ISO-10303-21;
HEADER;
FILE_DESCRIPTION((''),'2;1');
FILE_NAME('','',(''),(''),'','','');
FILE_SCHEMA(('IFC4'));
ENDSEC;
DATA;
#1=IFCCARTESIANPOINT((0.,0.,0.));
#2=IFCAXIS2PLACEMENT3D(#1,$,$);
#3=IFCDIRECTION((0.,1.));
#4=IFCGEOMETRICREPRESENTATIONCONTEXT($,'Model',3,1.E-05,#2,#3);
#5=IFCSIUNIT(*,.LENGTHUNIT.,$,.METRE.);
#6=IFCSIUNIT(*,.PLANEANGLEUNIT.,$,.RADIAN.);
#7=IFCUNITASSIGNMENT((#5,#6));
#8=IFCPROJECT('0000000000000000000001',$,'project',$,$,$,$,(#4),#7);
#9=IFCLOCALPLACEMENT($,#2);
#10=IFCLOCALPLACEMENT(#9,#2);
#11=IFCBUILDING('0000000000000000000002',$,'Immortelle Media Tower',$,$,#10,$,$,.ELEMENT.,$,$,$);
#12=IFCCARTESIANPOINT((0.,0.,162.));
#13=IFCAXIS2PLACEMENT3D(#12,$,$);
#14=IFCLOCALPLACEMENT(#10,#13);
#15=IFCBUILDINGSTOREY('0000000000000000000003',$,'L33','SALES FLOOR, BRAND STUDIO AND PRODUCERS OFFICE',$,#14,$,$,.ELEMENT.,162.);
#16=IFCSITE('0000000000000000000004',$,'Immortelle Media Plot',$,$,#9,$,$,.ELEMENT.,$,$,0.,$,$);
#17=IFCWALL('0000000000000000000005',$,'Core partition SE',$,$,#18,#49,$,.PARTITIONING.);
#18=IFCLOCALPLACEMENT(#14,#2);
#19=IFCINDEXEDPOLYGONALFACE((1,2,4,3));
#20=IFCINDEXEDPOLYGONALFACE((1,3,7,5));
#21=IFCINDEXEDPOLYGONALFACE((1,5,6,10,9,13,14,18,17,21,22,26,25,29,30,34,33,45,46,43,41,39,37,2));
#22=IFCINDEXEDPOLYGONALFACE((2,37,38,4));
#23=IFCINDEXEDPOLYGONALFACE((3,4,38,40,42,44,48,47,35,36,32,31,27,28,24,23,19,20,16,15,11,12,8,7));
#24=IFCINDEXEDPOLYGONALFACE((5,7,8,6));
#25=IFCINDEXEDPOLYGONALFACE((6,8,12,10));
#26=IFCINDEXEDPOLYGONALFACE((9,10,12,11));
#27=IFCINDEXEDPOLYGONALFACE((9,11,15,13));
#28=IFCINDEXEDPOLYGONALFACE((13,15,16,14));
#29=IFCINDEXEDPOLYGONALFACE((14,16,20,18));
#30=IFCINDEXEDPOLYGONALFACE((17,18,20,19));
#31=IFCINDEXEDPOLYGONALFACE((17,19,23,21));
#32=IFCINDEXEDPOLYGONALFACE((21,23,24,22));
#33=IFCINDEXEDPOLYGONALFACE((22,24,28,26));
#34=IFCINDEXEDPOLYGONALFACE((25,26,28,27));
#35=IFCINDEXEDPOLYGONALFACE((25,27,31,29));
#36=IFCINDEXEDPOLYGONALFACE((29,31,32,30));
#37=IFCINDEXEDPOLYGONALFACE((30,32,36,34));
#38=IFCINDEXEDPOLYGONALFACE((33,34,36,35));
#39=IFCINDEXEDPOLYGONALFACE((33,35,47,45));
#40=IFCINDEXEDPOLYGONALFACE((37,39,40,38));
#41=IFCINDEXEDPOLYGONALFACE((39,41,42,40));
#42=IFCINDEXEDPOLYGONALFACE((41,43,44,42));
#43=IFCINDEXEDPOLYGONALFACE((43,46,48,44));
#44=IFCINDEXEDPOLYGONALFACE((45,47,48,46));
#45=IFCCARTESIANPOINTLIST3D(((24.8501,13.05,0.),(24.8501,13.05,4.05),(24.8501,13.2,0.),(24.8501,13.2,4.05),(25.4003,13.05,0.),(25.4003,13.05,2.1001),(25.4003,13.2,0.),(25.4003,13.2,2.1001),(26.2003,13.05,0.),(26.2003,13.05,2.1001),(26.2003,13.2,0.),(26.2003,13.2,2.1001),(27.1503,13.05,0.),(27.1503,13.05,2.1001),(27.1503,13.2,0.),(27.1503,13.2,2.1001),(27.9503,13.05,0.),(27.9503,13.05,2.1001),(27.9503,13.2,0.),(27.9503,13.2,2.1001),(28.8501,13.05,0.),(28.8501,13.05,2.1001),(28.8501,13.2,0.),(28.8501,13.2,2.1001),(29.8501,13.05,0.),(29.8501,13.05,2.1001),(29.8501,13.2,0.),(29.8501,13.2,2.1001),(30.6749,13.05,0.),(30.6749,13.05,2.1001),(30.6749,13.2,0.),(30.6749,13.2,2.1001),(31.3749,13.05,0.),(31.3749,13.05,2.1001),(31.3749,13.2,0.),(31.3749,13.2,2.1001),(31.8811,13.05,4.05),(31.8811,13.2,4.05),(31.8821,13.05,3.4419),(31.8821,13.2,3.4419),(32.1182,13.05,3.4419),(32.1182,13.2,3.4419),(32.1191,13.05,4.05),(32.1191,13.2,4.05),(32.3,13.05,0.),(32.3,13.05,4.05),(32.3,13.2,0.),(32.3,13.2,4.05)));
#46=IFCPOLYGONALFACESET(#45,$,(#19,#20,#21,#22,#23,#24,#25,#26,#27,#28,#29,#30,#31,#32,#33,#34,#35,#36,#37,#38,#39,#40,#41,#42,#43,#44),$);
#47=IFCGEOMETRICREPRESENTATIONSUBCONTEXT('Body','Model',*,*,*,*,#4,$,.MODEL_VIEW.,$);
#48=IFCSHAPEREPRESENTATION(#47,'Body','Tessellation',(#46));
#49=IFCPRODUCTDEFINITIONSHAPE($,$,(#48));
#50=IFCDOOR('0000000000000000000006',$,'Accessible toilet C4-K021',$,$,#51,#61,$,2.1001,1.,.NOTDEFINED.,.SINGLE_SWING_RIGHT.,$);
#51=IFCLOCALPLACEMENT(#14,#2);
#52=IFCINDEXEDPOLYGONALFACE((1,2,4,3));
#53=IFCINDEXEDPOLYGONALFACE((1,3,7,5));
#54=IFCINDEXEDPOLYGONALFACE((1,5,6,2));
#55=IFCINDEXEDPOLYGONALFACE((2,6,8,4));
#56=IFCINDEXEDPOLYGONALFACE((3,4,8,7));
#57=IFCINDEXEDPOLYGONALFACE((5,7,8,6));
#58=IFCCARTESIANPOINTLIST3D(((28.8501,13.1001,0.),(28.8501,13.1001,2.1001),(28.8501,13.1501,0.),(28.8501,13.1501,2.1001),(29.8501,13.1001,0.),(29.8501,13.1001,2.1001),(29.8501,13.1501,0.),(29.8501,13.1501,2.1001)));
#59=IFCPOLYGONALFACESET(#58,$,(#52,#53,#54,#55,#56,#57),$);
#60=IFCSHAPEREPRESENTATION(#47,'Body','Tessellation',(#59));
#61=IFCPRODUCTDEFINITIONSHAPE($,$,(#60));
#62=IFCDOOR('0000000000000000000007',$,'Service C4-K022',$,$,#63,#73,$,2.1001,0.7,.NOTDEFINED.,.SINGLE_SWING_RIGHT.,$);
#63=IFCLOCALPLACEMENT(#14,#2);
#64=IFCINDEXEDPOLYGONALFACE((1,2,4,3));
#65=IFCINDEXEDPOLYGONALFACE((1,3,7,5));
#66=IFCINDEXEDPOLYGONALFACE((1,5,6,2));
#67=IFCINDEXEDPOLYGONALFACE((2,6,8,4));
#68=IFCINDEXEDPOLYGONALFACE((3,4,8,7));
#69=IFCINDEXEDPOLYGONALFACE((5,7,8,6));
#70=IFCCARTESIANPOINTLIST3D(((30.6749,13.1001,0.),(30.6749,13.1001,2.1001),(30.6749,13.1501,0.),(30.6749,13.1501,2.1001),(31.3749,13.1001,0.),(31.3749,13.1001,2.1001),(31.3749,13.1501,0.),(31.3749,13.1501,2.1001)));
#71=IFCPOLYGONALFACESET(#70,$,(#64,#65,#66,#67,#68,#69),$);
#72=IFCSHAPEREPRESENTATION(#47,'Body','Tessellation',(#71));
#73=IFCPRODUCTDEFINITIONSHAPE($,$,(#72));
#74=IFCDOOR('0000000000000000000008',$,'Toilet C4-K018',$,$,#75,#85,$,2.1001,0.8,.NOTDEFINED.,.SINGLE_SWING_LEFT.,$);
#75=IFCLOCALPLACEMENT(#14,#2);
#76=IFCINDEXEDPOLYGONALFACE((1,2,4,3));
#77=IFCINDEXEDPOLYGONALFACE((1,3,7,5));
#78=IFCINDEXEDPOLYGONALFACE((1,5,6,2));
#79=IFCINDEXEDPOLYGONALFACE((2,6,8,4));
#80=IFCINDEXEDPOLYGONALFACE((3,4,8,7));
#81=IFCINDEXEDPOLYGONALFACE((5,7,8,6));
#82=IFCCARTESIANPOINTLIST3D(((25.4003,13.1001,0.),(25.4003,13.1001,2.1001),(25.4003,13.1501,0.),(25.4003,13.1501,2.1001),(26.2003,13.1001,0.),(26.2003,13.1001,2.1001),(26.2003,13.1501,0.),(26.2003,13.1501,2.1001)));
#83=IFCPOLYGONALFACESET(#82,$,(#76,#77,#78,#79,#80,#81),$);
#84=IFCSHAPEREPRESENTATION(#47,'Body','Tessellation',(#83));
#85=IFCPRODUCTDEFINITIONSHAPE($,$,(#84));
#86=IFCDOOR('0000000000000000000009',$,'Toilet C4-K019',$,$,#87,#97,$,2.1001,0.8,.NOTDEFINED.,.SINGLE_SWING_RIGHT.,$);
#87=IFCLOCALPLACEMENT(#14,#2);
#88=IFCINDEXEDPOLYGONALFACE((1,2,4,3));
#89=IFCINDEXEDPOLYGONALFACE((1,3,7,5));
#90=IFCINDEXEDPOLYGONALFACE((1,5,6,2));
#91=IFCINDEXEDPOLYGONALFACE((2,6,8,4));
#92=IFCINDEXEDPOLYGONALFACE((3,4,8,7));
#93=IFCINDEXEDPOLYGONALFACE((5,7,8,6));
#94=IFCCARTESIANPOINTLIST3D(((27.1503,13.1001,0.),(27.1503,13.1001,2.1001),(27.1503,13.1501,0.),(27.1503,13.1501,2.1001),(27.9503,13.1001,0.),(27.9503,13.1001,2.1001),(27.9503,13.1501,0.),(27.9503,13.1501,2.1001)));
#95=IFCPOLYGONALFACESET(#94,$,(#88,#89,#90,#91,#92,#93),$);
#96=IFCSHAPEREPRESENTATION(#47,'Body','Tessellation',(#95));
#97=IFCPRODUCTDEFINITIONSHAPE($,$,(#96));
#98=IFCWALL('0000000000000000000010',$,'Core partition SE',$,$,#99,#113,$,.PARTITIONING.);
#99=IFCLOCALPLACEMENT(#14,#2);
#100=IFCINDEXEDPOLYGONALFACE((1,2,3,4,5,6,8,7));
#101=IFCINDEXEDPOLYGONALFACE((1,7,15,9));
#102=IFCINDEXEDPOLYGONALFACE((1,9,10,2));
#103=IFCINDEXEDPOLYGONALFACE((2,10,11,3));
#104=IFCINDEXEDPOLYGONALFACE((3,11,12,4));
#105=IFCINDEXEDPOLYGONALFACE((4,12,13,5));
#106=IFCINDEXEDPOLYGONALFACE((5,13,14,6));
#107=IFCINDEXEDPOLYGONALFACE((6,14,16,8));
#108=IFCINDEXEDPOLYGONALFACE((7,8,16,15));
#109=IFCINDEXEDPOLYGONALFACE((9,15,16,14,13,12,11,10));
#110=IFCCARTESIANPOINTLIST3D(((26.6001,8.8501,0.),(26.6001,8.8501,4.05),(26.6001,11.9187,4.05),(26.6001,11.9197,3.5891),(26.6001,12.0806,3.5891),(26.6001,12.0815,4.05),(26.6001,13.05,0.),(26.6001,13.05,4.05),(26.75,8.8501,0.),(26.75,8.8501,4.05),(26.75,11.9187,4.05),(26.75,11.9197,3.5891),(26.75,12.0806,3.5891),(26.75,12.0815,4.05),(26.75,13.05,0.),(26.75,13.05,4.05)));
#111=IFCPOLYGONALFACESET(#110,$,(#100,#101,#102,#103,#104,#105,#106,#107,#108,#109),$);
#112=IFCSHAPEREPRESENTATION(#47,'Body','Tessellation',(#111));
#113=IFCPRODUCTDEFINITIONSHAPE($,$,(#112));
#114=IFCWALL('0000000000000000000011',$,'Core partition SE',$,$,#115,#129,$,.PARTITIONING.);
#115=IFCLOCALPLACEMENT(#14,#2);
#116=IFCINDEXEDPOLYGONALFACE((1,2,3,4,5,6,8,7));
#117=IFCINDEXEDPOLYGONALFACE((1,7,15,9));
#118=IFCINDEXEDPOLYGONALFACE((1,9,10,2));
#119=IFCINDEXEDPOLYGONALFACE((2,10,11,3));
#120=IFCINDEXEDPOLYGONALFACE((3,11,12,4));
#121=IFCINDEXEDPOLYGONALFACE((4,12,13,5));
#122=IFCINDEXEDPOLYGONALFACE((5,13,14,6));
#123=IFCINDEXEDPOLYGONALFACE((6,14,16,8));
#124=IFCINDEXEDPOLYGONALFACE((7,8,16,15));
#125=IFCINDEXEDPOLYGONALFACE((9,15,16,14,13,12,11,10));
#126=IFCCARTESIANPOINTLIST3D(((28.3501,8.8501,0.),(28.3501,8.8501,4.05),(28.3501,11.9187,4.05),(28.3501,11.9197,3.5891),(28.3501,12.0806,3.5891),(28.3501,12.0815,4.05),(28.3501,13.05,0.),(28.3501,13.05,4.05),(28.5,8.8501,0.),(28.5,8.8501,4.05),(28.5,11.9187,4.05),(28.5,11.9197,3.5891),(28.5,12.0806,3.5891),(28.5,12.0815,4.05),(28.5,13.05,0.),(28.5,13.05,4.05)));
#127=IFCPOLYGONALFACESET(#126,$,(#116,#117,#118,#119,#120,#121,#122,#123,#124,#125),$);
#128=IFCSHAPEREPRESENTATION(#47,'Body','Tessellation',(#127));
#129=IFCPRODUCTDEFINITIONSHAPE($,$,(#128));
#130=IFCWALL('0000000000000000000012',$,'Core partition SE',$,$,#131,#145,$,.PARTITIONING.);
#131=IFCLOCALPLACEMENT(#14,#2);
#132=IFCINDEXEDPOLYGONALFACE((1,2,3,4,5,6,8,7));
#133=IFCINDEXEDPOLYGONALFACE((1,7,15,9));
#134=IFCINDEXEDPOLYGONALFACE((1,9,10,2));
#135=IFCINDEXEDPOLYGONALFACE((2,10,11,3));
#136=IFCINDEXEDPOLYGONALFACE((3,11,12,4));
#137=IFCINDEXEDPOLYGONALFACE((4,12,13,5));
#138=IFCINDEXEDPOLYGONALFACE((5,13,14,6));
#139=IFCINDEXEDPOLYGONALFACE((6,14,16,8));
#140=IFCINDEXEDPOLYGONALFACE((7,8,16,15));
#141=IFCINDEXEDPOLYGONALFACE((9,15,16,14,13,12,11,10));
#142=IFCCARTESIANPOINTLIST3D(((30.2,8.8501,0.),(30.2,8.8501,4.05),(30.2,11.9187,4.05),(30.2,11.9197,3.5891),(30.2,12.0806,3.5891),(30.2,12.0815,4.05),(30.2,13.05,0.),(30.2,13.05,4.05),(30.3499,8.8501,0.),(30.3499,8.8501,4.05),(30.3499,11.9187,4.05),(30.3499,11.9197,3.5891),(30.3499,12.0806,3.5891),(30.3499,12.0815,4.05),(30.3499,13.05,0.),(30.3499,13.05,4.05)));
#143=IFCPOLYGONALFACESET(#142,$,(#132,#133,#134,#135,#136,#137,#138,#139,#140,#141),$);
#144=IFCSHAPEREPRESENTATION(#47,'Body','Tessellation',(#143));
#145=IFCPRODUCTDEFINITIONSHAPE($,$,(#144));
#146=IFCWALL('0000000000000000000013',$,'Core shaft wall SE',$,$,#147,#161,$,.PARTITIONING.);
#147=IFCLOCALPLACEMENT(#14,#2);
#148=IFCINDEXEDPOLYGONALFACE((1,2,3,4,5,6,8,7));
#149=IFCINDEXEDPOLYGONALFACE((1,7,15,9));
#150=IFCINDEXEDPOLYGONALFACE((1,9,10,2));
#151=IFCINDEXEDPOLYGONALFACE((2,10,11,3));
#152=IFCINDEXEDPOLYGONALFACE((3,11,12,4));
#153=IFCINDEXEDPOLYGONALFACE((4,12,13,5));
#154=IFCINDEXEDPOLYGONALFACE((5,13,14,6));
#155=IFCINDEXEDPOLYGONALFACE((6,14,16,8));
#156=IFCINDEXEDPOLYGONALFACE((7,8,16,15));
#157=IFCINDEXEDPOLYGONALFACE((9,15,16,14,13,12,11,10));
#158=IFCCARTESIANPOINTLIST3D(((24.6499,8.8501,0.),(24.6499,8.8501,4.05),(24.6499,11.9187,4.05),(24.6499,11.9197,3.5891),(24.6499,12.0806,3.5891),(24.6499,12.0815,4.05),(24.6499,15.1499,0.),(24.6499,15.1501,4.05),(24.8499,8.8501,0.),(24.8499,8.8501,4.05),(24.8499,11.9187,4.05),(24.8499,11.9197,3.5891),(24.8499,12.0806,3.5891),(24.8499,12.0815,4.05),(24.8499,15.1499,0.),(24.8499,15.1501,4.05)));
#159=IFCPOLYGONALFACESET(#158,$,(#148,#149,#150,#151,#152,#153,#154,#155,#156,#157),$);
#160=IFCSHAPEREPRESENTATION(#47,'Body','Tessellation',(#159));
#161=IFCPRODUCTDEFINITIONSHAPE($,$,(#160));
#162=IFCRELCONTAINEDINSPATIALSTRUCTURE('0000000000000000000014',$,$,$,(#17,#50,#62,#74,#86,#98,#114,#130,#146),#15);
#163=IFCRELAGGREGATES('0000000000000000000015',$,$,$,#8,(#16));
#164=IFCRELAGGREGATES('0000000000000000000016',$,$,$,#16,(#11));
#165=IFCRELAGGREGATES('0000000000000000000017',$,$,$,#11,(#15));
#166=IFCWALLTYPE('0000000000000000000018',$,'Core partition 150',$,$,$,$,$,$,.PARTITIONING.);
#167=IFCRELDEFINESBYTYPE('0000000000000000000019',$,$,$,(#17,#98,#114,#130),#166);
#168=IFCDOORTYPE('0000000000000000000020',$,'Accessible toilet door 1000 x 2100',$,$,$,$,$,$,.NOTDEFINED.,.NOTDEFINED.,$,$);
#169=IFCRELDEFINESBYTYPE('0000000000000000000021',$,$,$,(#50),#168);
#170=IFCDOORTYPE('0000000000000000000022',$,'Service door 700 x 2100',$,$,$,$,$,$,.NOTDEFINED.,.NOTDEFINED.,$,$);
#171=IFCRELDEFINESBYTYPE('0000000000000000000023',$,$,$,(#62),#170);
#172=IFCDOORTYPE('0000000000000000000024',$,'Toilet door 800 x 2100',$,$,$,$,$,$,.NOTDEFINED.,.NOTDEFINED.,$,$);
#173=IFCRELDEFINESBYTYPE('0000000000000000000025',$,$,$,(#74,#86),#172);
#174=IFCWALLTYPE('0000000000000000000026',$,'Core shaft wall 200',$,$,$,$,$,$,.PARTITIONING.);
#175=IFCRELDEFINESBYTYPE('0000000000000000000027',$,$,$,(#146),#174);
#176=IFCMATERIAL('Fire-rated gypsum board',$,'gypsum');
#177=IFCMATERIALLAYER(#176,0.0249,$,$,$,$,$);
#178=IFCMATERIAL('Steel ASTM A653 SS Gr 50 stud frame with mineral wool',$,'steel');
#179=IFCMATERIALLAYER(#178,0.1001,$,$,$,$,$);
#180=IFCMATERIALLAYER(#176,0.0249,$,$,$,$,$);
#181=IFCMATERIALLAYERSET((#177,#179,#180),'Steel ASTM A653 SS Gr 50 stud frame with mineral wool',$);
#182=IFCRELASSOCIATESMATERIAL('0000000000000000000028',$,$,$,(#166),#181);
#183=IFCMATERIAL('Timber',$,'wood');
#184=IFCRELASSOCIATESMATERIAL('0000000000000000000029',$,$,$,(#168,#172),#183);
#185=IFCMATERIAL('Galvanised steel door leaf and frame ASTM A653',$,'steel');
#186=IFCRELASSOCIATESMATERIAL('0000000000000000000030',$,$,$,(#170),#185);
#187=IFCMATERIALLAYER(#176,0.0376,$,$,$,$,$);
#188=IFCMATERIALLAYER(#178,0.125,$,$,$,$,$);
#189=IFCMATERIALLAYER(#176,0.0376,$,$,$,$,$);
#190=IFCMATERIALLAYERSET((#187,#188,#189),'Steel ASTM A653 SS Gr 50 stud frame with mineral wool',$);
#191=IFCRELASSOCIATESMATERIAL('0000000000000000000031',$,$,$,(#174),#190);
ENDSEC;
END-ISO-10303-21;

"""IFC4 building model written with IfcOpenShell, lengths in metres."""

from ifc_helpers import new_model, si_unit, direction, frame, frame_2d, origin, place, context, subcontext, project, spatial, polyline, rectangle, outline, extrude, material, layer, layer_set, type_object, element, fill, save


model = new_model("IFC4")

# Units and contexts
model_context = context("Model", 3, precision=1e-05, world=origin(), true_north=direction((0.0, 1.0)))
body_context = subcontext(model_context, "Body", "Model", "MODEL_VIEW")
ifc_project = project(units=[si_unit("LENGTHUNIT", "METRE"), si_unit("PLANEANGLEUNIT", "RADIAN")], contexts=[model_context])

# Site, building, storey
site_placement = place(None, origin())
site = spatial("IfcSite", under=ifc_project, at=site_placement, Name="Immortelle Media Plot", CompositionType="ELEMENT", RefElevation=0.0)
building_placement = place(site_placement, origin())
building = spatial("IfcBuilding", under=site, at=building_placement, Name="Immortelle Media Tower", CompositionType="ELEMENT")
storey_placement = place(building_placement, frame((0.0, 0.0, 162.0)))
storey = spatial("IfcBuildingStorey", under=building, at=storey_placement, Name="L33", Description="SALES FLOOR, BRAND STUDIO AND PRODUCERS OFFICE", CompositionType="ELEMENT", Elevation=162.0)

# Wall, openings, doors
ifc_material_1 = material(Name="Fire-rated gypsum board", Category="gypsum")
ifc_layer_1 = layer(ifc_material_1, 0.0249)
ifc_material_2 = material(Name="Steel ASTM A653 SS Gr 50 stud frame with mineral wool", Category="steel")
ifc_layer_2 = layer(ifc_material_2, 0.1001)
ifc_layer_3 = layer(ifc_material_1, 0.0249)
ifc_layer_set_1 = layer_set([ifc_layer_1, ifc_layer_2, ifc_layer_3], Name="Steel ASTM A653 SS Gr 50 stud frame with mineral wool")
wall_type_1 = type_object("IfcWallType", Name="Core partition 150", PredefinedType="PARTITIONING", material=ifc_layer_set_1)
wall_1_placement = place(storey_placement, frame((24.8501, 13.125, 0.0), z_axis=(0.0, 0.0, 1.0), x_axis=(1.0, 0.0, 0.0)))
wall_1 = element("IfcWall", 1, at=wall_1_placement, inside=storey, type_object=wall_type_1, Name="Core partition SE", PredefinedType="PARTITIONING", context=body_context, shape_type="SweptSolid", body=[
    extrude(outline(polyline([(0.0, 0.0), (7.45, 0.0), (7.45, 4.05), (7.269, 4.05), (7.2681, 3.4419), (7.032, 3.4419), (7.031, 4.05), (0.0, 4.05), (0.0, 0.0)])), frame((0.0, 0.075, 0.0), z_axis=(0.0, -1.0, 0.0), x_axis=(1.0, 0.0, 0.0)), (0.0, 0.0, 1.0), 0.1499),
])
opening_1_placement = place(wall_1_placement, frame((1.3501, 0.0, 0.0), z_axis=(0.0, 0.0, 1.0), x_axis=(-1.0, 0.0, 0.0)))
opening_1 = element("IfcOpeningElement", 2, at=opening_1_placement, cuts=wall_1, PredefinedType="OPENING", context=body_context, shape_type="SweptSolid", body=[
    extrude(rectangle(XDim=0.8, YDim=2.1001, at=frame_2d((0.3999, 1.05))), frame((0.0, 0.085, 0.0), z_axis=(0.0, -1.0, 0.0), x_axis=(1.0, 0.0, 0.0)), (0.0, 0.0, 1.0), 0.1699),
])
opening_2_placement = place(wall_1_placement, frame((3.1001, 0.0, 0.0), z_axis=(0.0, 0.0, 1.0), x_axis=(-1.0, 0.0, 0.0)))
opening_2 = element("IfcOpeningElement", 3, at=opening_2_placement, cuts=wall_1, PredefinedType="OPENING", context=body_context, shape_type="SweptSolid", body=[
    extrude(rectangle(XDim=0.8, YDim=2.1001, at=frame_2d((0.3999, 1.05))), frame((0.0, 0.085, 0.0), z_axis=(0.0, -1.0, 0.0), x_axis=(1.0, 0.0, 0.0)), (0.0, 0.0, 1.0), 0.1699),
])
opening_3_placement = place(wall_1_placement, frame((5.0, 0.0, 0.0), z_axis=(0.0, 0.0, 1.0), x_axis=(-1.0, 0.0, 0.0)))
opening_3 = element("IfcOpeningElement", 4, at=opening_3_placement, cuts=wall_1, PredefinedType="OPENING", context=body_context, shape_type="SweptSolid", body=[
    extrude(rectangle(XDim=1.0, YDim=2.1001, at=frame_2d((0.5, 1.05))), frame((0.0, 0.085, 0.0), z_axis=(0.0, -1.0, 0.0), x_axis=(1.0, 0.0, 0.0)), (0.0, 0.0, 1.0), 0.1699),
])
opening_4_placement = place(wall_1_placement, frame((6.5249, 0.0, 0.0), z_axis=(0.0, 0.0, 1.0), x_axis=(-1.0, 0.0, 0.0)))
opening_4 = element("IfcOpeningElement", 5, at=opening_4_placement, cuts=wall_1, PredefinedType="OPENING", context=body_context, shape_type="SweptSolid", body=[
    extrude(rectangle(XDim=0.7, YDim=2.1001, at=frame_2d((0.3501, 1.05))), frame((0.0, 0.085, 0.0), z_axis=(0.0, -1.0, 0.0), x_axis=(1.0, 0.0, 0.0)), (0.0, 0.0, 1.0), 0.1699),
])
ifc_material_3 = material(Name="Timber", Category="wood")
door_type_1 = type_object("IfcDoorType", Name="Accessible toilet door 1000 x 2100", OperationType="NOTDEFINED", PredefinedType="NOTDEFINED", material=ifc_material_3)
door_1_placement = place(opening_3_placement, origin())
door_1 = element("IfcDoor", 6, at=door_1_placement, inside=storey, type_object=door_type_1, Name="Accessible toilet C4-K021", OperationType="SINGLE_SWING_RIGHT", OverallHeight=2.1001, OverallWidth=1.0, PredefinedType="NOTDEFINED", context=body_context, shape_type="SweptSolid", body=[
    extrude(rectangle(XDim=1.0, YDim=2.1001, at=frame_2d((0.5, 1.05))), frame((0.0, 0.0249, 0.0), z_axis=(0.0, -1.0, 0.0), x_axis=(1.0, 0.0, 0.0)), (0.0, 0.0, 1.0), 0.05),
])
fill(opening_3, door_1)
ifc_material_4 = material(Name="Galvanised steel door leaf and frame ASTM A653", Category="steel")
door_type_2 = type_object("IfcDoorType", Name="Service door 700 x 2100", OperationType="NOTDEFINED", PredefinedType="NOTDEFINED", material=ifc_material_4)
door_2_placement = place(opening_4_placement, origin())
door_2 = element("IfcDoor", 7, at=door_2_placement, inside=storey, type_object=door_type_2, Name="Service C4-K022", OperationType="SINGLE_SWING_RIGHT", OverallHeight=2.1001, OverallWidth=0.7, PredefinedType="NOTDEFINED", context=body_context, shape_type="SweptSolid", body=[
    extrude(rectangle(XDim=0.7, YDim=2.1001, at=frame_2d((0.3501, 1.05))), frame((0.0, 0.0249, 0.0), z_axis=(0.0, -1.0, 0.0), x_axis=(1.0, 0.0, 0.0)), (0.0, 0.0, 1.0), 0.05),
])
fill(opening_4, door_2)
door_type_3 = type_object("IfcDoorType", Name="Toilet door 800 x 2100", OperationType="NOTDEFINED", PredefinedType="NOTDEFINED", material=ifc_material_3)
door_3_placement = place(opening_1_placement, origin())
door_3 = element("IfcDoor", 8, at=door_3_placement, inside=storey, type_object=door_type_3, Name="Toilet C4-K018", OperationType="SINGLE_SWING_LEFT", OverallHeight=2.1001, OverallWidth=0.8, PredefinedType="NOTDEFINED", context=body_context, shape_type="SweptSolid", body=[
    extrude(rectangle(XDim=0.8, YDim=2.1001, at=frame_2d((0.3999, 1.05))), frame((0.0, 0.0249, 0.0), z_axis=(0.0, -1.0, 0.0), x_axis=(1.0, 0.0, 0.0)), (0.0, 0.0, 1.0), 0.05),
])
fill(opening_1, door_3)
door_4_placement = place(opening_2_placement, origin())
door_4 = element("IfcDoor", 9, at=door_4_placement, inside=storey, type_object=door_type_3, Name="Toilet C4-K019", OperationType="SINGLE_SWING_RIGHT", OverallHeight=2.1001, OverallWidth=0.8, PredefinedType="NOTDEFINED", context=body_context, shape_type="SweptSolid", body=[
    extrude(rectangle(XDim=0.8, YDim=2.1001, at=frame_2d((0.3999, 1.05))), frame((0.0, 0.0249, 0.0), z_axis=(0.0, -1.0, 0.0), x_axis=(1.0, 0.0, 0.0)), (0.0, 0.0, 1.0), 0.05),
])
fill(opening_2, door_4)

# Walls
for number, where, z_axis, x_axis, name in (
    (10, (26.675, 8.8501, 0.0), (0.0, 0.0, 1.0), (0.0, 1.0, 0.0), "Core partition SE"),
    (11, (28.425, 8.8501, 0.0), (0.0, 0.0, 1.0), (0.0, 1.0, 0.0), "Core partition SE"),
    (12, (30.2749, 8.8501, 0.0), (0.0, 0.0, 1.0), (0.0, 1.0, 0.0), "Core partition SE"),
):
    element("IfcWall", number, at=place(storey_placement, frame(where, z_axis=z_axis, x_axis=x_axis)), inside=storey, type_object=wall_type_1, Name=name, PredefinedType="PARTITIONING", context=body_context, shape_type="SweptSolid", body=[
        extrude(outline(polyline([(0.0, 0.0), (4.2, 0.0), (4.2, 4.05), (3.2314, 4.05), (3.2305, 3.5891), (3.0696, 3.5891), (3.0686, 4.05), (0.0, 4.05), (0.0, 0.0)])), frame((0.0, 0.075, 0.0), z_axis=(0.0, -1.0, 0.0), x_axis=(1.0, 0.0, 0.0)), (0.0, 0.0, 1.0), 0.1499),
    ])
ifc_layer_4 = layer(ifc_material_1, 0.0376)
ifc_layer_5 = layer(ifc_material_2, 0.125)
ifc_layer_6 = layer(ifc_material_1, 0.0376)
ifc_layer_set_2 = layer_set([ifc_layer_4, ifc_layer_5, ifc_layer_6], Name="Steel ASTM A653 SS Gr 50 stud frame with mineral wool")
wall_type_2 = type_object("IfcWallType", Name="Core shaft wall 200", PredefinedType="PARTITIONING", material=ifc_layer_set_2)
wall_2_placement = place(storey_placement, frame((24.75, 8.8501, 0.0), z_axis=(0.0, 0.0, 1.0), x_axis=(0.0, 1.0, 0.0)))
element("IfcWall", 13, at=wall_2_placement, inside=storey, type_object=wall_type_2, Name="Core shaft wall SE", PredefinedType="PARTITIONING", context=body_context, shape_type="SweptSolid", body=[
    extrude(outline(polyline([(0.0, 0.0), (6.2998, 0.0), (6.3, 4.05), (3.2314, 4.05), (3.2305, 3.5891), (3.0696, 3.5891), (3.0686, 4.05), (0.0, 4.05), (0.0, 0.0)])), frame((0.0, 0.1001, 0.0), z_axis=(0.0, -1.0, 0.0), x_axis=(1.0, 0.0, 0.0)), (0.0, 0.0, 1.0), 0.2),
])

save(model, "model.ifc")
